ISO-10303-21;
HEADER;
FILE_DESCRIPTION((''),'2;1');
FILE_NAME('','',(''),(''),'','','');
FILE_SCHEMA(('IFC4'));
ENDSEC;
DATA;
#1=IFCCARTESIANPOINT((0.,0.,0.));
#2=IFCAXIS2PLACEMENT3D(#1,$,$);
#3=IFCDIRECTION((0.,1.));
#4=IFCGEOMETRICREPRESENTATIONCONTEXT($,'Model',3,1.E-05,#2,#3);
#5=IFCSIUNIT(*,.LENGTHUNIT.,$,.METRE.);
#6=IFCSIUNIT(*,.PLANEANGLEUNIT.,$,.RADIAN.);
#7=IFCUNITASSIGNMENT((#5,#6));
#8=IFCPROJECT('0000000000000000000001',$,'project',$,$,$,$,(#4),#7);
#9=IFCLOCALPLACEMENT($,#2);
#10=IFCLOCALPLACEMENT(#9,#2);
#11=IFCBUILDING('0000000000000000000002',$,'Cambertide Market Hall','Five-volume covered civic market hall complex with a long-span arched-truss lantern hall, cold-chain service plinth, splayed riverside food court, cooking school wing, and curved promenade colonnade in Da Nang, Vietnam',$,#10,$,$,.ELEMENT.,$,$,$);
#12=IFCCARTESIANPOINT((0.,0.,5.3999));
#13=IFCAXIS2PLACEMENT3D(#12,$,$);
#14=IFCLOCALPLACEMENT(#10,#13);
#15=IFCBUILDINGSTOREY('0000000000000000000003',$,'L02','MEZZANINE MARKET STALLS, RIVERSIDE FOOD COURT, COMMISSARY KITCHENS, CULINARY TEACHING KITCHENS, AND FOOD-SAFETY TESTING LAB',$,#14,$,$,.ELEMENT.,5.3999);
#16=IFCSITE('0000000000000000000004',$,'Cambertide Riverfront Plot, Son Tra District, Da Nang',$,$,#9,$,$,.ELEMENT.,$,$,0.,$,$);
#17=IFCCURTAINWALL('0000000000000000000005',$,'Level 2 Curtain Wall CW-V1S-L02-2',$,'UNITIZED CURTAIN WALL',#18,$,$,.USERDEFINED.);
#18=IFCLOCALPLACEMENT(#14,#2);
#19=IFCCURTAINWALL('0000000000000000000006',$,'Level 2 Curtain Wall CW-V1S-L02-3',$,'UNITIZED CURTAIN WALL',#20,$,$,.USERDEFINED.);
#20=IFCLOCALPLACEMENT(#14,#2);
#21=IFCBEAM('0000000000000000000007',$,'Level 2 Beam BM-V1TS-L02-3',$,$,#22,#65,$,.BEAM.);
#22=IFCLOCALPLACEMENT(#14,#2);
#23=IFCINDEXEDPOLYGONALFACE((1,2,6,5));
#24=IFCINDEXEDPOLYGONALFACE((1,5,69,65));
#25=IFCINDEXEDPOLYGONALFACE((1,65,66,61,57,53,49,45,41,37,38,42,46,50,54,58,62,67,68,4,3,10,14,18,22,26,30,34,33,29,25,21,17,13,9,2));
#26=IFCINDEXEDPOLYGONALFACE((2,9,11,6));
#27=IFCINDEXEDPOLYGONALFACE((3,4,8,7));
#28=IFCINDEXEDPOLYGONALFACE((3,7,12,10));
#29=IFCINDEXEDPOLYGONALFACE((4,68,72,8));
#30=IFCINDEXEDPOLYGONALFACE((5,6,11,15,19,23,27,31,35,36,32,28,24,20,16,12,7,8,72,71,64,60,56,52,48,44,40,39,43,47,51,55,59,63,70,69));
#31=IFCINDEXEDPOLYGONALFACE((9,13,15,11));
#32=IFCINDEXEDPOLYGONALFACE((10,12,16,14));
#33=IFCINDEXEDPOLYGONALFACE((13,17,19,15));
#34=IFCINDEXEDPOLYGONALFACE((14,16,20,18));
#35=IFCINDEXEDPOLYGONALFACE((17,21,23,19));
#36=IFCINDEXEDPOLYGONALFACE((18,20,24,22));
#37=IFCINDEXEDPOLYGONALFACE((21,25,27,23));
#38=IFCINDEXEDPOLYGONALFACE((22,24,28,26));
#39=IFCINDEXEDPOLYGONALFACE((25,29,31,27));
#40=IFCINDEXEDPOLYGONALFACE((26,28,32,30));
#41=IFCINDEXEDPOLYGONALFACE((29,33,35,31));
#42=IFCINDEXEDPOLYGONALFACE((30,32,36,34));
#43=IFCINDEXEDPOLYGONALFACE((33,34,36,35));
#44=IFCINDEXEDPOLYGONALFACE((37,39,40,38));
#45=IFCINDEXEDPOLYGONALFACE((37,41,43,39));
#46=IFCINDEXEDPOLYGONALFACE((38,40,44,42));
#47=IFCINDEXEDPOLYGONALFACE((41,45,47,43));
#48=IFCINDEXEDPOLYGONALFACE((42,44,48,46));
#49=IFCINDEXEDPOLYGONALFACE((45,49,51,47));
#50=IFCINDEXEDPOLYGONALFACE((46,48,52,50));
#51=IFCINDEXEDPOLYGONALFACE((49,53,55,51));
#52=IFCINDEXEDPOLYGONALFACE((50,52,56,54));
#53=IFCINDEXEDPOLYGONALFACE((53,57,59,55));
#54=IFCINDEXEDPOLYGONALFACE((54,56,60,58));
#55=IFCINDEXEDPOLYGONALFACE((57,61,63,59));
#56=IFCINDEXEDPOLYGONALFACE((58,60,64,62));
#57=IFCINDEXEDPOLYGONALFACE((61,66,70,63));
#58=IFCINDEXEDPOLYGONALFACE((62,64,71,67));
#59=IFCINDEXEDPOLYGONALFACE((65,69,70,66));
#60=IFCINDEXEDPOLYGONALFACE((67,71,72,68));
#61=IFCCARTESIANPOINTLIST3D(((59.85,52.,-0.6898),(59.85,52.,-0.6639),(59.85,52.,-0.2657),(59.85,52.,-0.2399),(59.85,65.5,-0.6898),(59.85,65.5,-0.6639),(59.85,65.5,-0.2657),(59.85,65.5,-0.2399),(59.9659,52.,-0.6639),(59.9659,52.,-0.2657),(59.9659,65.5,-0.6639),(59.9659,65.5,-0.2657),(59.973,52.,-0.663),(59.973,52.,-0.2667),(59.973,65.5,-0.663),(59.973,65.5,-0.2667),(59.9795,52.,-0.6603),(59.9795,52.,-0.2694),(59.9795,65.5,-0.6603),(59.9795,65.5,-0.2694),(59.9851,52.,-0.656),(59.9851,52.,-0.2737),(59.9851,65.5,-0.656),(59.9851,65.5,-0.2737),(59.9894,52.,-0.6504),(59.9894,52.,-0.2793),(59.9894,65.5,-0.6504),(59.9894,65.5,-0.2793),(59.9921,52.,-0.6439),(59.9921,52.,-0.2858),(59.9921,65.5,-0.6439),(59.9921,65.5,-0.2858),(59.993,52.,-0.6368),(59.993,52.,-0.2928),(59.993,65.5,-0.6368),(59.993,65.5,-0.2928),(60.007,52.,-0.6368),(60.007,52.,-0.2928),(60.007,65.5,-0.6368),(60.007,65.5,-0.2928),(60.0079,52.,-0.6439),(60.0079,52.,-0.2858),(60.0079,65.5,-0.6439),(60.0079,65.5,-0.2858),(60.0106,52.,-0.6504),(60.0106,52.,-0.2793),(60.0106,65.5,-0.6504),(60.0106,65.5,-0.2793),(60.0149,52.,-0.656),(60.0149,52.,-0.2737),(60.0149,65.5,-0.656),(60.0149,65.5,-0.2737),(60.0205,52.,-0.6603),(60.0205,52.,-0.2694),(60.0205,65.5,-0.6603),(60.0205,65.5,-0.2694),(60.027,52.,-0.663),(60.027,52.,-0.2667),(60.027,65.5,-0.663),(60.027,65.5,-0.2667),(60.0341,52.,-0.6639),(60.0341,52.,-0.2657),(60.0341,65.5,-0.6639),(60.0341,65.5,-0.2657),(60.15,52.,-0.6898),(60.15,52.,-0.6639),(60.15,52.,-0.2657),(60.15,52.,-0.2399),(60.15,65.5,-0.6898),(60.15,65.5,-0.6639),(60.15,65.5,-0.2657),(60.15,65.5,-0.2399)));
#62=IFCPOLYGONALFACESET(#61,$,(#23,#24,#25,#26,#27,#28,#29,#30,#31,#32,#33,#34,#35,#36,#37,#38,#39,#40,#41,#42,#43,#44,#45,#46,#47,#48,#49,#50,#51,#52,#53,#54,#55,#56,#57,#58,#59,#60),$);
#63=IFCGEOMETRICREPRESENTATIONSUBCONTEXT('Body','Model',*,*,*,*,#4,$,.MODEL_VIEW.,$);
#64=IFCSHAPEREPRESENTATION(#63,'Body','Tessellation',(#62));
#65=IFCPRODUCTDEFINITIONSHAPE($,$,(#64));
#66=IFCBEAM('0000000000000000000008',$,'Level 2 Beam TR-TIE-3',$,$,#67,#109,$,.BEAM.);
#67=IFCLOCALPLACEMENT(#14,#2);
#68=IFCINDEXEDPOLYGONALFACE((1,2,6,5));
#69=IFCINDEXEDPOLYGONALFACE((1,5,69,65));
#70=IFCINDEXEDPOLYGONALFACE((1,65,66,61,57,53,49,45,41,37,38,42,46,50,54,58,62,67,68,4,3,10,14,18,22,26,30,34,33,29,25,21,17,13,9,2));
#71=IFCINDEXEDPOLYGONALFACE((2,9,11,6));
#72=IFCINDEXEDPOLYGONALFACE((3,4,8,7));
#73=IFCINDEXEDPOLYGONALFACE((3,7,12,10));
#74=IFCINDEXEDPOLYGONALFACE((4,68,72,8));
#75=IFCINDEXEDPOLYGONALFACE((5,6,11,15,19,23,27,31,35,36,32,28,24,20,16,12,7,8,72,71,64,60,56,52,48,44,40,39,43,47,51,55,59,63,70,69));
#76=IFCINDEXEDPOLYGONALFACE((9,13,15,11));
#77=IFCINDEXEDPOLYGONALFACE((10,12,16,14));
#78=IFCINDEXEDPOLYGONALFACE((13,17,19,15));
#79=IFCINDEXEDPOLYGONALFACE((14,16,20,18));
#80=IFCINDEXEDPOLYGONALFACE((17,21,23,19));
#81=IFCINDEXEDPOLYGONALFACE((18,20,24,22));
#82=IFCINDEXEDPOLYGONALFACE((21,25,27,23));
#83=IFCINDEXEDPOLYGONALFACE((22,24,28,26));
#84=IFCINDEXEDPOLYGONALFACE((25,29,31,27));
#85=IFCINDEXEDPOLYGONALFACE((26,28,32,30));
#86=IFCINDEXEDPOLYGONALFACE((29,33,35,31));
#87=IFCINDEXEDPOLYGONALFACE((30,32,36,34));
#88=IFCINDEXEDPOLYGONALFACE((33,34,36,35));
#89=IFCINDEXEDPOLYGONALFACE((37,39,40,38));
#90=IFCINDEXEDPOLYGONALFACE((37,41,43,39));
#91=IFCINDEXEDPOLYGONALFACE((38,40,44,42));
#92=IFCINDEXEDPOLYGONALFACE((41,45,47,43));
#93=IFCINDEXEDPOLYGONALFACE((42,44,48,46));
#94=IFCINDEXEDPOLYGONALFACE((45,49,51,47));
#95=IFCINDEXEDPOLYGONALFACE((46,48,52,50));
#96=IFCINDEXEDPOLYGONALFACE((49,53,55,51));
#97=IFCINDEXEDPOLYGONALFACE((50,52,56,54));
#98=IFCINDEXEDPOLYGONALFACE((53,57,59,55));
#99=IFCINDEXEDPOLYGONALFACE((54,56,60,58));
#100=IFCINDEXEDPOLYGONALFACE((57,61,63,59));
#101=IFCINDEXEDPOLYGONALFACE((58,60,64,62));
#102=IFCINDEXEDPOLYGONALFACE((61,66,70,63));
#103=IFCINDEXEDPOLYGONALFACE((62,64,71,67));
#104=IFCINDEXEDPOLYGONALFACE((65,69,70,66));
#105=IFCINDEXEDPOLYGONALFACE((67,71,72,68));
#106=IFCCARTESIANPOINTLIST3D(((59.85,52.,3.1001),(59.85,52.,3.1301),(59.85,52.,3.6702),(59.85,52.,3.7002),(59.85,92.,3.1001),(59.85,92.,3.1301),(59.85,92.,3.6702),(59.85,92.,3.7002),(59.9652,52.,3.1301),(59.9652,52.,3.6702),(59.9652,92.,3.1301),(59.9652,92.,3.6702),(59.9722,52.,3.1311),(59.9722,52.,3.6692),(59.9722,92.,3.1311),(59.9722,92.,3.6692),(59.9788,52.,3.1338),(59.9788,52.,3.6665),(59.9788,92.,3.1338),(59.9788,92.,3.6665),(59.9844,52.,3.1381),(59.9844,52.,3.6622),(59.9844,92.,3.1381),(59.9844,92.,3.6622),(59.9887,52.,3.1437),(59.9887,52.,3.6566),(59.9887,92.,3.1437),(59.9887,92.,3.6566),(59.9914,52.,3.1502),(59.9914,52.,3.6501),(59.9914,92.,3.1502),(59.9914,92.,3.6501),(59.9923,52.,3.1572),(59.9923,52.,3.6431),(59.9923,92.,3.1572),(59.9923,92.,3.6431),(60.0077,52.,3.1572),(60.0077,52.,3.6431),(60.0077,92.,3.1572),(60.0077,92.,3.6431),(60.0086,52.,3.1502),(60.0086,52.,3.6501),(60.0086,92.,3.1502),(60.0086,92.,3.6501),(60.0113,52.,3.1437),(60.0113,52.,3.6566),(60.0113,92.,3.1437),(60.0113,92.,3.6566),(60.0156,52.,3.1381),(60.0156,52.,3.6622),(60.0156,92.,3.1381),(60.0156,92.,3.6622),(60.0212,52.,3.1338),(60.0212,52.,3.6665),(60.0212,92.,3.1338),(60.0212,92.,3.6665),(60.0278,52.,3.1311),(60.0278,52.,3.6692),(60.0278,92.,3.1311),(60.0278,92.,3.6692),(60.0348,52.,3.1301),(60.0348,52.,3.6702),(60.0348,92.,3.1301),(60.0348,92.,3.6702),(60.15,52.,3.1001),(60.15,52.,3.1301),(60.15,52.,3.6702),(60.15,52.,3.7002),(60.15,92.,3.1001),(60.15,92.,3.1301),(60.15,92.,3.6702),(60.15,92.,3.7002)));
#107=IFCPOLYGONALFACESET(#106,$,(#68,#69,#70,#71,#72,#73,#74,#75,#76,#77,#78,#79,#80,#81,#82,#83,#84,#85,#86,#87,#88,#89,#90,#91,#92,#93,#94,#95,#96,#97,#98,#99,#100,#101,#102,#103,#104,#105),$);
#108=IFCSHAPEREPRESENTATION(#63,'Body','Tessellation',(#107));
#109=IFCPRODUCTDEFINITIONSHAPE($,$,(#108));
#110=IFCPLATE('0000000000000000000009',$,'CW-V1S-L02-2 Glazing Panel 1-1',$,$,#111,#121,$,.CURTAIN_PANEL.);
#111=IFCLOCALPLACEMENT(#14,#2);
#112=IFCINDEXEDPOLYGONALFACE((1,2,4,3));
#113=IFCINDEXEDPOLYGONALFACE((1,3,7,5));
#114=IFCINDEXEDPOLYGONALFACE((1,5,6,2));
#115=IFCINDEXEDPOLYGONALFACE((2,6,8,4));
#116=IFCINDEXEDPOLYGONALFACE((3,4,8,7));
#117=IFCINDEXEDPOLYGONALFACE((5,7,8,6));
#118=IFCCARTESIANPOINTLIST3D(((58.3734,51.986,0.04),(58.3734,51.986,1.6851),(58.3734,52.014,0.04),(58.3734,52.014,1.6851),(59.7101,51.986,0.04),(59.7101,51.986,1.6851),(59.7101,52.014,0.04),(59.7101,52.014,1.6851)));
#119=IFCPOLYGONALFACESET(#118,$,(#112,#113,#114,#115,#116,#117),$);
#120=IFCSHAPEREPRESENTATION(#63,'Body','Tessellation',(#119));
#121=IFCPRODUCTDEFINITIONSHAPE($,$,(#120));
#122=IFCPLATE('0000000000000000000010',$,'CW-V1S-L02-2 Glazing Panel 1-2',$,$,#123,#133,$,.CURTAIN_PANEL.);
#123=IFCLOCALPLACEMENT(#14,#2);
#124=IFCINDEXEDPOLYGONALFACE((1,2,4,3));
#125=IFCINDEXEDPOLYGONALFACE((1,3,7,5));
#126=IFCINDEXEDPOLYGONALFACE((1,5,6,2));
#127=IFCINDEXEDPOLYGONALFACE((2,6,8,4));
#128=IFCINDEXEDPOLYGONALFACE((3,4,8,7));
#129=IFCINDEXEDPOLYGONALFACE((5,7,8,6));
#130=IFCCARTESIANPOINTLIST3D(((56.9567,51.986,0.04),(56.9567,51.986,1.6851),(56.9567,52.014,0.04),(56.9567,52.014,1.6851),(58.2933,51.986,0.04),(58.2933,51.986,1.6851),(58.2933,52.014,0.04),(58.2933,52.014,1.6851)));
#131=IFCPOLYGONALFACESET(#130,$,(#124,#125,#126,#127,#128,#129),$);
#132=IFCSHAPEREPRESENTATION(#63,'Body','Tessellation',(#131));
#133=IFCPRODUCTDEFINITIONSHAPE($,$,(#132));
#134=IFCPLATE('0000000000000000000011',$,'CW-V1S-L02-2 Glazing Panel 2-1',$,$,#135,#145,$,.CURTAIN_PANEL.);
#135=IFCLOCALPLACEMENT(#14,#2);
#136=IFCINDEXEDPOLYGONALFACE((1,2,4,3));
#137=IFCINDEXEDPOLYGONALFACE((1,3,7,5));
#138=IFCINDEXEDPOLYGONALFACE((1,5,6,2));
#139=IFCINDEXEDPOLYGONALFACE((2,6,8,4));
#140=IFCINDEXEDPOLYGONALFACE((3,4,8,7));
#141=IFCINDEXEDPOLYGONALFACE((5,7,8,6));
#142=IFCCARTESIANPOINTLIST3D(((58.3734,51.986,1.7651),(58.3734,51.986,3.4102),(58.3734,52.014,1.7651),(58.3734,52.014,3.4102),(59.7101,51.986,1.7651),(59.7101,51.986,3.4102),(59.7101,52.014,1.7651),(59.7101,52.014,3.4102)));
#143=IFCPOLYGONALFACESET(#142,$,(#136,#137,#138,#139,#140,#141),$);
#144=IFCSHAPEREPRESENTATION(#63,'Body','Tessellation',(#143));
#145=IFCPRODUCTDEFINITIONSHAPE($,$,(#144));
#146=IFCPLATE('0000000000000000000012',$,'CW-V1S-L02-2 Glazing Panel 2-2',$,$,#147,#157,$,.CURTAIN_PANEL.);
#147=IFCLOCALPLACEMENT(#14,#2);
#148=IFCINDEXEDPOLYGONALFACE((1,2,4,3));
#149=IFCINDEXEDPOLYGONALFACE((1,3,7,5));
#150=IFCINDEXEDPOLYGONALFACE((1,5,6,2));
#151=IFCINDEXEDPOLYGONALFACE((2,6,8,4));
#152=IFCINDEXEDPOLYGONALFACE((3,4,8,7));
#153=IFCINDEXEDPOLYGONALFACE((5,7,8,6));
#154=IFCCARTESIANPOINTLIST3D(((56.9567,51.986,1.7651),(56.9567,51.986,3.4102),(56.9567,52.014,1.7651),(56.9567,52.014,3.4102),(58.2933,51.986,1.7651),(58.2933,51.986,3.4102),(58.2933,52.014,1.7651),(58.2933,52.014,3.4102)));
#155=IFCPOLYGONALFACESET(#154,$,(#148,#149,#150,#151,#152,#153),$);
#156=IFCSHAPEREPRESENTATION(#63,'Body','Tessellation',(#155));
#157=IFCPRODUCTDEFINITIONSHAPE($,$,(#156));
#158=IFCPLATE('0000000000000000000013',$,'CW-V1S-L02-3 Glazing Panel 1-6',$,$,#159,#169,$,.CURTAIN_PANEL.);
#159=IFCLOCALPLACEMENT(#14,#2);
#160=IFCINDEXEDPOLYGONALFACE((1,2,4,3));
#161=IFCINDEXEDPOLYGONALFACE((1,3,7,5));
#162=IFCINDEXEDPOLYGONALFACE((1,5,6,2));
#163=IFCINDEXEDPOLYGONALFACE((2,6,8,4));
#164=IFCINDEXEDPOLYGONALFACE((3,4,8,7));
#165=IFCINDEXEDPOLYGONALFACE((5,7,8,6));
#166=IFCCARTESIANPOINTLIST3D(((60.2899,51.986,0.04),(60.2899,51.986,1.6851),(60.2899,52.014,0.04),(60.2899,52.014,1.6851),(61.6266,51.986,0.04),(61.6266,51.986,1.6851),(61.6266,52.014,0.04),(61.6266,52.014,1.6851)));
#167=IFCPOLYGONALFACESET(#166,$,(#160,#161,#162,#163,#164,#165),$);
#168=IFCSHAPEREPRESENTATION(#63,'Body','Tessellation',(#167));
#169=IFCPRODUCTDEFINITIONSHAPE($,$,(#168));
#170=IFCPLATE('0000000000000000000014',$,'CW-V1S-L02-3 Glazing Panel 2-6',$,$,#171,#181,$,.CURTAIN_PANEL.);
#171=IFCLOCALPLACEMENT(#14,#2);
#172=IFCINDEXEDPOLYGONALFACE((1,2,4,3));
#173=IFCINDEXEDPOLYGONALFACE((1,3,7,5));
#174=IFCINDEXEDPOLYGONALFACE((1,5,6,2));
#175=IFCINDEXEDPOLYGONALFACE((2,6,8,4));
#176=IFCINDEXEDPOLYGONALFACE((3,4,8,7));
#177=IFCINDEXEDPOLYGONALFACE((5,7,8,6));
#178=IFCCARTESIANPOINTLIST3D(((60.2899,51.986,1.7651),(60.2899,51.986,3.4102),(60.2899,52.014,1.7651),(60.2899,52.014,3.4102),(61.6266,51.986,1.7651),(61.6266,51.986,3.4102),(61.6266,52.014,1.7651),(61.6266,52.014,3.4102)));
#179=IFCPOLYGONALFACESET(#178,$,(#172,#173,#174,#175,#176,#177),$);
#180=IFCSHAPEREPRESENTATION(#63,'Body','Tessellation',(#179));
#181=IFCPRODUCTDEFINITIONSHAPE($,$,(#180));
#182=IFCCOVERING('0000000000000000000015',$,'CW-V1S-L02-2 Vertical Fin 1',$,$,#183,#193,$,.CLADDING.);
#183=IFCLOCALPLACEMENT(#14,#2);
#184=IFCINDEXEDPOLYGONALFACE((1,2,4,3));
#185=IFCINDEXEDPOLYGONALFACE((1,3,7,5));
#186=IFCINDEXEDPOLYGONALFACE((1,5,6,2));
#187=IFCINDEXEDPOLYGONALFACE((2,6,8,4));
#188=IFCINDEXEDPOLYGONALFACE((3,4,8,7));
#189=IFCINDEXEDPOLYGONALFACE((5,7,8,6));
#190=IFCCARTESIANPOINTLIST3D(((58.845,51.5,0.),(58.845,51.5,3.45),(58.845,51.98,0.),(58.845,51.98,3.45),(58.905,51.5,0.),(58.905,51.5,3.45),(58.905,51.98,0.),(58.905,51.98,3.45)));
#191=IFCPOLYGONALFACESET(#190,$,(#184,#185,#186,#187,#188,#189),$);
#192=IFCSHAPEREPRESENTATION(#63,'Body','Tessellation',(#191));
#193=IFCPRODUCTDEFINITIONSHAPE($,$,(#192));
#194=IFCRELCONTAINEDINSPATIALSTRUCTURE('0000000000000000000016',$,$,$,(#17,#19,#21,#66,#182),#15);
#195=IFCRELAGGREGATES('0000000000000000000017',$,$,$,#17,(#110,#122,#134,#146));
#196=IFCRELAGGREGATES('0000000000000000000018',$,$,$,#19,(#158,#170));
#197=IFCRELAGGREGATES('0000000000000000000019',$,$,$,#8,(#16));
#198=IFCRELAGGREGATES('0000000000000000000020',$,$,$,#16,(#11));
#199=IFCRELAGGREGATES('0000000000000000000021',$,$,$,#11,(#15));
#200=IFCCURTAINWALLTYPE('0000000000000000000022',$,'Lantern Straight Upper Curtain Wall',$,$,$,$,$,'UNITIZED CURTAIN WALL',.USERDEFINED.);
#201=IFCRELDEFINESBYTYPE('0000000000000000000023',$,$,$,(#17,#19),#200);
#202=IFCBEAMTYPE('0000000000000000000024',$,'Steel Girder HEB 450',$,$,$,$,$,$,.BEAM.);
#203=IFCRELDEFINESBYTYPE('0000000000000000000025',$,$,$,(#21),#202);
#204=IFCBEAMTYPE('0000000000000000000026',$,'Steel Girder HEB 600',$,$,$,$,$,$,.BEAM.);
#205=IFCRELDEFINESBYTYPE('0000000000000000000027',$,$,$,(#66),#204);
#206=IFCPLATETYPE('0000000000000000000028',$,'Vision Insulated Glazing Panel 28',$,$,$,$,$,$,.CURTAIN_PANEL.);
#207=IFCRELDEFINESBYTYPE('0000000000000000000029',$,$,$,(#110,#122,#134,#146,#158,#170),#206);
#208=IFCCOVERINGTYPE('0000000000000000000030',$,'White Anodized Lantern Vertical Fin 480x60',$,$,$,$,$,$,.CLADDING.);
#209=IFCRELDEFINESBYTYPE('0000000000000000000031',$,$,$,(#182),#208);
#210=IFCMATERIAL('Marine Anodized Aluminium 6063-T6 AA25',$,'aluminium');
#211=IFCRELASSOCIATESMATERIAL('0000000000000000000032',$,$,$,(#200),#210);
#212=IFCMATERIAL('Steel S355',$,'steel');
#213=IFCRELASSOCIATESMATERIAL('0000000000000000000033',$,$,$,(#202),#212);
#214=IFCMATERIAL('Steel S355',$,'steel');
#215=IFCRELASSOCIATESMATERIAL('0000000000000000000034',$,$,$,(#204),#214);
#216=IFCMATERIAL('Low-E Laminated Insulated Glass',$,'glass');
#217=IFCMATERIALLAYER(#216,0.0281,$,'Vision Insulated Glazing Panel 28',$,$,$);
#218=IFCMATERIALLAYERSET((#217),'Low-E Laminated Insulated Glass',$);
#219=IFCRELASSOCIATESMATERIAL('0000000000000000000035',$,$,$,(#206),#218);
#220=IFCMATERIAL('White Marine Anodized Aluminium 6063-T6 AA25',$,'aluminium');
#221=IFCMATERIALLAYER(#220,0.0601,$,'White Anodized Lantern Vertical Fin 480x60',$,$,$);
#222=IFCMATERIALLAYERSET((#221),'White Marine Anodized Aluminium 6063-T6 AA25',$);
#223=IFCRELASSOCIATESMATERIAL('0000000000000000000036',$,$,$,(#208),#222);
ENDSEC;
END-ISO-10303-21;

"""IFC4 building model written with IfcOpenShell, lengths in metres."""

from ifc_helpers import new_model, si_unit, direction, frame, origin, origin_2d, place, context, subcontext, project, spatial, rectangle, i_section, extrude, material, layer, layer_set, material_profile, profile_set, type_object, element, aggregate, save


model = new_model("IFC4")

# Units and contexts
model_context = context("Model", 3, precision=1e-05, world=origin(), true_north=direction((0.0, 1.0)))
body_context = subcontext(model_context, "Body", "Model", "MODEL_VIEW")
ifc_project = project(units=[si_unit("LENGTHUNIT", "METRE"), si_unit("PLANEANGLEUNIT", "RADIAN")], contexts=[model_context])

# Site, building, storey
site_placement = place(None, origin())
site = spatial("IfcSite", under=ifc_project, at=site_placement, Name="Cambertide Riverfront Plot, Son Tra District, Da Nang", CompositionType="ELEMENT", RefElevation=0.0)
building_placement = place(site_placement, origin())
building = spatial("IfcBuilding", under=site, at=building_placement, Name="Cambertide Market Hall", Description="Five-volume covered civic market hall complex with a long-span arched-truss lantern hall, cold-chain service plinth, splayed riverside food court, cooking school wing, and curved promenade colonnade in Da Nang, Vietnam", CompositionType="ELEMENT")
storey_placement = place(building_placement, frame((0.0, 0.0, 5.3999)))
storey = spatial("IfcBuildingStorey", under=building, at=storey_placement, Name="L02", Description="MEZZANINE MARKET STALLS, RIVERSIDE FOOD COURT, COMMISSARY KITCHENS, CULINARY TEACHING KITCHENS, AND FOOD-SAFETY TESTING LAB", CompositionType="ELEMENT", Elevation=5.3999)

# Curtain wall
ifc_material_1 = material(Name="Marine Anodized Aluminium 6063-T6 AA25", Category="aluminium")
curtain_wall_type = type_object("IfcCurtainWallType", Name="Lantern Straight Upper Curtain Wall", ElementType="UNITIZED CURTAIN WALL", PredefinedType="USERDEFINED", material=ifc_material_1)
curtain_wall_1_placement = place(storey_placement, origin())
curtain_wall_1 = element("IfcCurtainWall", 1, at=curtain_wall_1_placement, inside=storey, type_object=curtain_wall_type, Name="Level 2 Curtain Wall CW-V1S-L02-2", ObjectType="UNITIZED CURTAIN WALL", PredefinedType="USERDEFINED")

# Curtain wall
curtain_wall_2_placement = place(storey_placement, origin())
curtain_wall_2 = element("IfcCurtainWall", 2, at=curtain_wall_2_placement, inside=storey, type_object=curtain_wall_type, Name="Level 2 Curtain Wall CW-V1S-L02-3", ObjectType="UNITIZED CURTAIN WALL", PredefinedType="USERDEFINED")

# Beams
ifc_material_2 = material(Name="Steel S355", Category="steel")
ifc_material_profile_1 = material_profile(ifc_material_2, i_section(OverallWidth=0.3, OverallDepth=0.45, WebThickness=0.0139, FlangeThickness=0.0259, FilletRadius=0.0271, at=origin_2d()), Name="HEB 450")
ifc_profile_set_1 = profile_set([ifc_material_profile_1], Name="Steel S355")
beam_type_1 = type_object("IfcBeamType", Name="Steel Girder HEB 450", PredefinedType="BEAM", material=ifc_profile_set_1)
beam_1_placement = place(storey_placement, frame((60.0, 52.0, -0.4648), z_axis=(0.0, 1.0, 0.0), x_axis=(-1.0, 0.0, 0.0)))
element("IfcBeam", 3, at=beam_1_placement, inside=storey, type_object=beam_type_1, Name="Level 2 Beam BM-V1TS-L02-3", PredefinedType="BEAM", context=body_context, shape_type="SweptSolid", body=[
    extrude(i_section(OverallWidth=0.3, OverallDepth=0.45, WebThickness=0.0139, FlangeThickness=0.0259, FilletRadius=0.0271, at=origin_2d()), origin(), (0.0, 0.0, 1.0), 13.5),
])
ifc_material_3 = material(Name="Steel S355", Category="steel")
ifc_material_profile_2 = material_profile(ifc_material_3, i_section(OverallWidth=0.3, OverallDepth=0.6001, WebThickness=0.0154, FlangeThickness=0.03, FilletRadius=0.0271, at=origin_2d()), Name="HEB 600")
ifc_profile_set_2 = profile_set([ifc_material_profile_2], Name="Steel S355")
beam_type_2 = type_object("IfcBeamType", Name="Steel Girder HEB 600", PredefinedType="BEAM", material=ifc_profile_set_2)
beam_2_placement = place(storey_placement, frame((60.0, 52.0, 3.4001), z_axis=(0.0, 1.0, 0.0), x_axis=(-1.0, 0.0, 0.0)))
element("IfcBeam", 4, at=beam_2_placement, inside=storey, type_object=beam_type_2, Name="Level 2 Beam TR-TIE-3", PredefinedType="BEAM", context=body_context, shape_type="SweptSolid", body=[
    extrude(i_section(OverallWidth=0.3, OverallDepth=0.6001, WebThickness=0.0154, FlangeThickness=0.03, FilletRadius=0.0271, at=origin_2d()), origin(), (0.0, 0.0, 1.0), 40.0),
])

# Plates
ifc_material_4 = material(Name="Low-E Laminated Insulated Glass", Category="glass")
ifc_layer_1 = layer(ifc_material_4, 0.0281, Name="Vision Insulated Glazing Panel 28")
ifc_layer_set_1 = layer_set([ifc_layer_1], Name="Low-E Laminated Insulated Glass")
plate_type = type_object("IfcPlateType", Name="Vision Insulated Glazing Panel 28", PredefinedType="CURTAIN_PANEL", material=ifc_layer_set_1)
plate_1_placement = place(storey_placement, frame((59.0417, 52.0, 0.04), z_axis=(0.0, 0.0, 1.0), x_axis=(-1.0, 0.0, 0.0)))
plate_1 = element("IfcPlate", 5, at=plate_1_placement, type_object=plate_type, Name="CW-V1S-L02-2 Glazing Panel 1-1", PredefinedType="CURTAIN_PANEL", context=body_context, shape_type="SweptSolid", body=[
    extrude(rectangle(XDim=1.3367, YDim=0.0281, at=origin_2d()), origin(), (0.0, 0.0, 1.0), 1.645),
])
plate_2_placement = place(storey_placement, frame((57.625, 52.0, 0.04), z_axis=(0.0, 0.0, 1.0), x_axis=(-1.0, 0.0, 0.0)))
plate_2 = element("IfcPlate", 6, at=plate_2_placement, type_object=plate_type, Name="CW-V1S-L02-2 Glazing Panel 1-2", PredefinedType="CURTAIN_PANEL", context=body_context, shape_type="SweptSolid", body=[
    extrude(rectangle(XDim=1.3367, YDim=0.0281, at=origin_2d()), origin(), (0.0, 0.0, 1.0), 1.645),
])
plate_3_placement = place(storey_placement, frame((59.0417, 52.0, 1.7651), z_axis=(0.0, 0.0, 1.0), x_axis=(-1.0, 0.0, 0.0)))
plate_3 = element("IfcPlate", 7, at=plate_3_placement, type_object=plate_type, Name="CW-V1S-L02-2 Glazing Panel 2-1", PredefinedType="CURTAIN_PANEL", context=body_context, shape_type="SweptSolid", body=[
    extrude(rectangle(XDim=1.3367, YDim=0.0281, at=origin_2d()), origin(), (0.0, 0.0, 1.0), 1.645),
])
plate_4_placement = place(storey_placement, frame((57.625, 52.0, 1.7651), z_axis=(0.0, 0.0, 1.0), x_axis=(-1.0, 0.0, 0.0)))
plate_4 = element("IfcPlate", 8, at=plate_4_placement, type_object=plate_type, Name="CW-V1S-L02-2 Glazing Panel 2-2", PredefinedType="CURTAIN_PANEL", context=body_context, shape_type="SweptSolid", body=[
    extrude(rectangle(XDim=1.3367, YDim=0.0281, at=origin_2d()), origin(), (0.0, 0.0, 1.0), 1.645),
])
aggregate(curtain_wall_1, [plate_1, plate_2, plate_3, plate_4])
plate_5_placement = place(storey_placement, frame((60.9583, 52.0, 0.04), z_axis=(0.0, 0.0, 1.0), x_axis=(-1.0, 0.0, 0.0)))
plate_5 = element("IfcPlate", 9, at=plate_5_placement, type_object=plate_type, Name="CW-V1S-L02-3 Glazing Panel 1-6", PredefinedType="CURTAIN_PANEL", context=body_context, shape_type="SweptSolid", body=[
    extrude(rectangle(XDim=1.3367, YDim=0.0281, at=origin_2d()), origin(), (0.0, 0.0, 1.0), 1.645),
])
plate_6_placement = place(storey_placement, frame((60.9583, 52.0, 1.7651), z_axis=(0.0, 0.0, 1.0), x_axis=(-1.0, 0.0, 0.0)))
plate_6 = element("IfcPlate", 10, at=plate_6_placement, type_object=plate_type, Name="CW-V1S-L02-3 Glazing Panel 2-6", PredefinedType="CURTAIN_PANEL", context=body_context, shape_type="SweptSolid", body=[
    extrude(rectangle(XDim=1.3367, YDim=0.0281, at=origin_2d()), origin(), (0.0, 0.0, 1.0), 1.645),
])
aggregate(curtain_wall_2, [plate_5, plate_6])

# Covering
ifc_material_5 = material(Name="White Marine Anodized Aluminium 6063-T6 AA25", Category="aluminium")
ifc_layer_2 = layer(ifc_material_5, 0.0601, Name="White Anodized Lantern Vertical Fin 480x60")
ifc_layer_set_2 = layer_set([ifc_layer_2], Name="White Marine Anodized Aluminium 6063-T6 AA25")
covering_type = type_object("IfcCoveringType", Name="White Anodized Lantern Vertical Fin 480x60", PredefinedType="CLADDING", material=ifc_layer_set_2)
for number, where, z_axis, x_axis, name in (
    (11, (58.875, 51.74, 0.0), (0.0, 0.0, 1.0), (-1.0, 0.0, 0.0), "CW-V1S-L02-2 Vertical Fin 1"),
):
    element("IfcCovering", number, at=place(storey_placement, frame(where, z_axis=z_axis, x_axis=x_axis)), inside=storey, type_object=covering_type, Name=name, PredefinedType="CLADDING", context=body_context, shape_type="SweptSolid", body=[
        extrude(rectangle(XDim=0.0601, YDim=0.48, at=origin_2d()), origin(), (0.0, 0.0, 1.0), 3.45),
    ])

save(model, "model.ifc")
